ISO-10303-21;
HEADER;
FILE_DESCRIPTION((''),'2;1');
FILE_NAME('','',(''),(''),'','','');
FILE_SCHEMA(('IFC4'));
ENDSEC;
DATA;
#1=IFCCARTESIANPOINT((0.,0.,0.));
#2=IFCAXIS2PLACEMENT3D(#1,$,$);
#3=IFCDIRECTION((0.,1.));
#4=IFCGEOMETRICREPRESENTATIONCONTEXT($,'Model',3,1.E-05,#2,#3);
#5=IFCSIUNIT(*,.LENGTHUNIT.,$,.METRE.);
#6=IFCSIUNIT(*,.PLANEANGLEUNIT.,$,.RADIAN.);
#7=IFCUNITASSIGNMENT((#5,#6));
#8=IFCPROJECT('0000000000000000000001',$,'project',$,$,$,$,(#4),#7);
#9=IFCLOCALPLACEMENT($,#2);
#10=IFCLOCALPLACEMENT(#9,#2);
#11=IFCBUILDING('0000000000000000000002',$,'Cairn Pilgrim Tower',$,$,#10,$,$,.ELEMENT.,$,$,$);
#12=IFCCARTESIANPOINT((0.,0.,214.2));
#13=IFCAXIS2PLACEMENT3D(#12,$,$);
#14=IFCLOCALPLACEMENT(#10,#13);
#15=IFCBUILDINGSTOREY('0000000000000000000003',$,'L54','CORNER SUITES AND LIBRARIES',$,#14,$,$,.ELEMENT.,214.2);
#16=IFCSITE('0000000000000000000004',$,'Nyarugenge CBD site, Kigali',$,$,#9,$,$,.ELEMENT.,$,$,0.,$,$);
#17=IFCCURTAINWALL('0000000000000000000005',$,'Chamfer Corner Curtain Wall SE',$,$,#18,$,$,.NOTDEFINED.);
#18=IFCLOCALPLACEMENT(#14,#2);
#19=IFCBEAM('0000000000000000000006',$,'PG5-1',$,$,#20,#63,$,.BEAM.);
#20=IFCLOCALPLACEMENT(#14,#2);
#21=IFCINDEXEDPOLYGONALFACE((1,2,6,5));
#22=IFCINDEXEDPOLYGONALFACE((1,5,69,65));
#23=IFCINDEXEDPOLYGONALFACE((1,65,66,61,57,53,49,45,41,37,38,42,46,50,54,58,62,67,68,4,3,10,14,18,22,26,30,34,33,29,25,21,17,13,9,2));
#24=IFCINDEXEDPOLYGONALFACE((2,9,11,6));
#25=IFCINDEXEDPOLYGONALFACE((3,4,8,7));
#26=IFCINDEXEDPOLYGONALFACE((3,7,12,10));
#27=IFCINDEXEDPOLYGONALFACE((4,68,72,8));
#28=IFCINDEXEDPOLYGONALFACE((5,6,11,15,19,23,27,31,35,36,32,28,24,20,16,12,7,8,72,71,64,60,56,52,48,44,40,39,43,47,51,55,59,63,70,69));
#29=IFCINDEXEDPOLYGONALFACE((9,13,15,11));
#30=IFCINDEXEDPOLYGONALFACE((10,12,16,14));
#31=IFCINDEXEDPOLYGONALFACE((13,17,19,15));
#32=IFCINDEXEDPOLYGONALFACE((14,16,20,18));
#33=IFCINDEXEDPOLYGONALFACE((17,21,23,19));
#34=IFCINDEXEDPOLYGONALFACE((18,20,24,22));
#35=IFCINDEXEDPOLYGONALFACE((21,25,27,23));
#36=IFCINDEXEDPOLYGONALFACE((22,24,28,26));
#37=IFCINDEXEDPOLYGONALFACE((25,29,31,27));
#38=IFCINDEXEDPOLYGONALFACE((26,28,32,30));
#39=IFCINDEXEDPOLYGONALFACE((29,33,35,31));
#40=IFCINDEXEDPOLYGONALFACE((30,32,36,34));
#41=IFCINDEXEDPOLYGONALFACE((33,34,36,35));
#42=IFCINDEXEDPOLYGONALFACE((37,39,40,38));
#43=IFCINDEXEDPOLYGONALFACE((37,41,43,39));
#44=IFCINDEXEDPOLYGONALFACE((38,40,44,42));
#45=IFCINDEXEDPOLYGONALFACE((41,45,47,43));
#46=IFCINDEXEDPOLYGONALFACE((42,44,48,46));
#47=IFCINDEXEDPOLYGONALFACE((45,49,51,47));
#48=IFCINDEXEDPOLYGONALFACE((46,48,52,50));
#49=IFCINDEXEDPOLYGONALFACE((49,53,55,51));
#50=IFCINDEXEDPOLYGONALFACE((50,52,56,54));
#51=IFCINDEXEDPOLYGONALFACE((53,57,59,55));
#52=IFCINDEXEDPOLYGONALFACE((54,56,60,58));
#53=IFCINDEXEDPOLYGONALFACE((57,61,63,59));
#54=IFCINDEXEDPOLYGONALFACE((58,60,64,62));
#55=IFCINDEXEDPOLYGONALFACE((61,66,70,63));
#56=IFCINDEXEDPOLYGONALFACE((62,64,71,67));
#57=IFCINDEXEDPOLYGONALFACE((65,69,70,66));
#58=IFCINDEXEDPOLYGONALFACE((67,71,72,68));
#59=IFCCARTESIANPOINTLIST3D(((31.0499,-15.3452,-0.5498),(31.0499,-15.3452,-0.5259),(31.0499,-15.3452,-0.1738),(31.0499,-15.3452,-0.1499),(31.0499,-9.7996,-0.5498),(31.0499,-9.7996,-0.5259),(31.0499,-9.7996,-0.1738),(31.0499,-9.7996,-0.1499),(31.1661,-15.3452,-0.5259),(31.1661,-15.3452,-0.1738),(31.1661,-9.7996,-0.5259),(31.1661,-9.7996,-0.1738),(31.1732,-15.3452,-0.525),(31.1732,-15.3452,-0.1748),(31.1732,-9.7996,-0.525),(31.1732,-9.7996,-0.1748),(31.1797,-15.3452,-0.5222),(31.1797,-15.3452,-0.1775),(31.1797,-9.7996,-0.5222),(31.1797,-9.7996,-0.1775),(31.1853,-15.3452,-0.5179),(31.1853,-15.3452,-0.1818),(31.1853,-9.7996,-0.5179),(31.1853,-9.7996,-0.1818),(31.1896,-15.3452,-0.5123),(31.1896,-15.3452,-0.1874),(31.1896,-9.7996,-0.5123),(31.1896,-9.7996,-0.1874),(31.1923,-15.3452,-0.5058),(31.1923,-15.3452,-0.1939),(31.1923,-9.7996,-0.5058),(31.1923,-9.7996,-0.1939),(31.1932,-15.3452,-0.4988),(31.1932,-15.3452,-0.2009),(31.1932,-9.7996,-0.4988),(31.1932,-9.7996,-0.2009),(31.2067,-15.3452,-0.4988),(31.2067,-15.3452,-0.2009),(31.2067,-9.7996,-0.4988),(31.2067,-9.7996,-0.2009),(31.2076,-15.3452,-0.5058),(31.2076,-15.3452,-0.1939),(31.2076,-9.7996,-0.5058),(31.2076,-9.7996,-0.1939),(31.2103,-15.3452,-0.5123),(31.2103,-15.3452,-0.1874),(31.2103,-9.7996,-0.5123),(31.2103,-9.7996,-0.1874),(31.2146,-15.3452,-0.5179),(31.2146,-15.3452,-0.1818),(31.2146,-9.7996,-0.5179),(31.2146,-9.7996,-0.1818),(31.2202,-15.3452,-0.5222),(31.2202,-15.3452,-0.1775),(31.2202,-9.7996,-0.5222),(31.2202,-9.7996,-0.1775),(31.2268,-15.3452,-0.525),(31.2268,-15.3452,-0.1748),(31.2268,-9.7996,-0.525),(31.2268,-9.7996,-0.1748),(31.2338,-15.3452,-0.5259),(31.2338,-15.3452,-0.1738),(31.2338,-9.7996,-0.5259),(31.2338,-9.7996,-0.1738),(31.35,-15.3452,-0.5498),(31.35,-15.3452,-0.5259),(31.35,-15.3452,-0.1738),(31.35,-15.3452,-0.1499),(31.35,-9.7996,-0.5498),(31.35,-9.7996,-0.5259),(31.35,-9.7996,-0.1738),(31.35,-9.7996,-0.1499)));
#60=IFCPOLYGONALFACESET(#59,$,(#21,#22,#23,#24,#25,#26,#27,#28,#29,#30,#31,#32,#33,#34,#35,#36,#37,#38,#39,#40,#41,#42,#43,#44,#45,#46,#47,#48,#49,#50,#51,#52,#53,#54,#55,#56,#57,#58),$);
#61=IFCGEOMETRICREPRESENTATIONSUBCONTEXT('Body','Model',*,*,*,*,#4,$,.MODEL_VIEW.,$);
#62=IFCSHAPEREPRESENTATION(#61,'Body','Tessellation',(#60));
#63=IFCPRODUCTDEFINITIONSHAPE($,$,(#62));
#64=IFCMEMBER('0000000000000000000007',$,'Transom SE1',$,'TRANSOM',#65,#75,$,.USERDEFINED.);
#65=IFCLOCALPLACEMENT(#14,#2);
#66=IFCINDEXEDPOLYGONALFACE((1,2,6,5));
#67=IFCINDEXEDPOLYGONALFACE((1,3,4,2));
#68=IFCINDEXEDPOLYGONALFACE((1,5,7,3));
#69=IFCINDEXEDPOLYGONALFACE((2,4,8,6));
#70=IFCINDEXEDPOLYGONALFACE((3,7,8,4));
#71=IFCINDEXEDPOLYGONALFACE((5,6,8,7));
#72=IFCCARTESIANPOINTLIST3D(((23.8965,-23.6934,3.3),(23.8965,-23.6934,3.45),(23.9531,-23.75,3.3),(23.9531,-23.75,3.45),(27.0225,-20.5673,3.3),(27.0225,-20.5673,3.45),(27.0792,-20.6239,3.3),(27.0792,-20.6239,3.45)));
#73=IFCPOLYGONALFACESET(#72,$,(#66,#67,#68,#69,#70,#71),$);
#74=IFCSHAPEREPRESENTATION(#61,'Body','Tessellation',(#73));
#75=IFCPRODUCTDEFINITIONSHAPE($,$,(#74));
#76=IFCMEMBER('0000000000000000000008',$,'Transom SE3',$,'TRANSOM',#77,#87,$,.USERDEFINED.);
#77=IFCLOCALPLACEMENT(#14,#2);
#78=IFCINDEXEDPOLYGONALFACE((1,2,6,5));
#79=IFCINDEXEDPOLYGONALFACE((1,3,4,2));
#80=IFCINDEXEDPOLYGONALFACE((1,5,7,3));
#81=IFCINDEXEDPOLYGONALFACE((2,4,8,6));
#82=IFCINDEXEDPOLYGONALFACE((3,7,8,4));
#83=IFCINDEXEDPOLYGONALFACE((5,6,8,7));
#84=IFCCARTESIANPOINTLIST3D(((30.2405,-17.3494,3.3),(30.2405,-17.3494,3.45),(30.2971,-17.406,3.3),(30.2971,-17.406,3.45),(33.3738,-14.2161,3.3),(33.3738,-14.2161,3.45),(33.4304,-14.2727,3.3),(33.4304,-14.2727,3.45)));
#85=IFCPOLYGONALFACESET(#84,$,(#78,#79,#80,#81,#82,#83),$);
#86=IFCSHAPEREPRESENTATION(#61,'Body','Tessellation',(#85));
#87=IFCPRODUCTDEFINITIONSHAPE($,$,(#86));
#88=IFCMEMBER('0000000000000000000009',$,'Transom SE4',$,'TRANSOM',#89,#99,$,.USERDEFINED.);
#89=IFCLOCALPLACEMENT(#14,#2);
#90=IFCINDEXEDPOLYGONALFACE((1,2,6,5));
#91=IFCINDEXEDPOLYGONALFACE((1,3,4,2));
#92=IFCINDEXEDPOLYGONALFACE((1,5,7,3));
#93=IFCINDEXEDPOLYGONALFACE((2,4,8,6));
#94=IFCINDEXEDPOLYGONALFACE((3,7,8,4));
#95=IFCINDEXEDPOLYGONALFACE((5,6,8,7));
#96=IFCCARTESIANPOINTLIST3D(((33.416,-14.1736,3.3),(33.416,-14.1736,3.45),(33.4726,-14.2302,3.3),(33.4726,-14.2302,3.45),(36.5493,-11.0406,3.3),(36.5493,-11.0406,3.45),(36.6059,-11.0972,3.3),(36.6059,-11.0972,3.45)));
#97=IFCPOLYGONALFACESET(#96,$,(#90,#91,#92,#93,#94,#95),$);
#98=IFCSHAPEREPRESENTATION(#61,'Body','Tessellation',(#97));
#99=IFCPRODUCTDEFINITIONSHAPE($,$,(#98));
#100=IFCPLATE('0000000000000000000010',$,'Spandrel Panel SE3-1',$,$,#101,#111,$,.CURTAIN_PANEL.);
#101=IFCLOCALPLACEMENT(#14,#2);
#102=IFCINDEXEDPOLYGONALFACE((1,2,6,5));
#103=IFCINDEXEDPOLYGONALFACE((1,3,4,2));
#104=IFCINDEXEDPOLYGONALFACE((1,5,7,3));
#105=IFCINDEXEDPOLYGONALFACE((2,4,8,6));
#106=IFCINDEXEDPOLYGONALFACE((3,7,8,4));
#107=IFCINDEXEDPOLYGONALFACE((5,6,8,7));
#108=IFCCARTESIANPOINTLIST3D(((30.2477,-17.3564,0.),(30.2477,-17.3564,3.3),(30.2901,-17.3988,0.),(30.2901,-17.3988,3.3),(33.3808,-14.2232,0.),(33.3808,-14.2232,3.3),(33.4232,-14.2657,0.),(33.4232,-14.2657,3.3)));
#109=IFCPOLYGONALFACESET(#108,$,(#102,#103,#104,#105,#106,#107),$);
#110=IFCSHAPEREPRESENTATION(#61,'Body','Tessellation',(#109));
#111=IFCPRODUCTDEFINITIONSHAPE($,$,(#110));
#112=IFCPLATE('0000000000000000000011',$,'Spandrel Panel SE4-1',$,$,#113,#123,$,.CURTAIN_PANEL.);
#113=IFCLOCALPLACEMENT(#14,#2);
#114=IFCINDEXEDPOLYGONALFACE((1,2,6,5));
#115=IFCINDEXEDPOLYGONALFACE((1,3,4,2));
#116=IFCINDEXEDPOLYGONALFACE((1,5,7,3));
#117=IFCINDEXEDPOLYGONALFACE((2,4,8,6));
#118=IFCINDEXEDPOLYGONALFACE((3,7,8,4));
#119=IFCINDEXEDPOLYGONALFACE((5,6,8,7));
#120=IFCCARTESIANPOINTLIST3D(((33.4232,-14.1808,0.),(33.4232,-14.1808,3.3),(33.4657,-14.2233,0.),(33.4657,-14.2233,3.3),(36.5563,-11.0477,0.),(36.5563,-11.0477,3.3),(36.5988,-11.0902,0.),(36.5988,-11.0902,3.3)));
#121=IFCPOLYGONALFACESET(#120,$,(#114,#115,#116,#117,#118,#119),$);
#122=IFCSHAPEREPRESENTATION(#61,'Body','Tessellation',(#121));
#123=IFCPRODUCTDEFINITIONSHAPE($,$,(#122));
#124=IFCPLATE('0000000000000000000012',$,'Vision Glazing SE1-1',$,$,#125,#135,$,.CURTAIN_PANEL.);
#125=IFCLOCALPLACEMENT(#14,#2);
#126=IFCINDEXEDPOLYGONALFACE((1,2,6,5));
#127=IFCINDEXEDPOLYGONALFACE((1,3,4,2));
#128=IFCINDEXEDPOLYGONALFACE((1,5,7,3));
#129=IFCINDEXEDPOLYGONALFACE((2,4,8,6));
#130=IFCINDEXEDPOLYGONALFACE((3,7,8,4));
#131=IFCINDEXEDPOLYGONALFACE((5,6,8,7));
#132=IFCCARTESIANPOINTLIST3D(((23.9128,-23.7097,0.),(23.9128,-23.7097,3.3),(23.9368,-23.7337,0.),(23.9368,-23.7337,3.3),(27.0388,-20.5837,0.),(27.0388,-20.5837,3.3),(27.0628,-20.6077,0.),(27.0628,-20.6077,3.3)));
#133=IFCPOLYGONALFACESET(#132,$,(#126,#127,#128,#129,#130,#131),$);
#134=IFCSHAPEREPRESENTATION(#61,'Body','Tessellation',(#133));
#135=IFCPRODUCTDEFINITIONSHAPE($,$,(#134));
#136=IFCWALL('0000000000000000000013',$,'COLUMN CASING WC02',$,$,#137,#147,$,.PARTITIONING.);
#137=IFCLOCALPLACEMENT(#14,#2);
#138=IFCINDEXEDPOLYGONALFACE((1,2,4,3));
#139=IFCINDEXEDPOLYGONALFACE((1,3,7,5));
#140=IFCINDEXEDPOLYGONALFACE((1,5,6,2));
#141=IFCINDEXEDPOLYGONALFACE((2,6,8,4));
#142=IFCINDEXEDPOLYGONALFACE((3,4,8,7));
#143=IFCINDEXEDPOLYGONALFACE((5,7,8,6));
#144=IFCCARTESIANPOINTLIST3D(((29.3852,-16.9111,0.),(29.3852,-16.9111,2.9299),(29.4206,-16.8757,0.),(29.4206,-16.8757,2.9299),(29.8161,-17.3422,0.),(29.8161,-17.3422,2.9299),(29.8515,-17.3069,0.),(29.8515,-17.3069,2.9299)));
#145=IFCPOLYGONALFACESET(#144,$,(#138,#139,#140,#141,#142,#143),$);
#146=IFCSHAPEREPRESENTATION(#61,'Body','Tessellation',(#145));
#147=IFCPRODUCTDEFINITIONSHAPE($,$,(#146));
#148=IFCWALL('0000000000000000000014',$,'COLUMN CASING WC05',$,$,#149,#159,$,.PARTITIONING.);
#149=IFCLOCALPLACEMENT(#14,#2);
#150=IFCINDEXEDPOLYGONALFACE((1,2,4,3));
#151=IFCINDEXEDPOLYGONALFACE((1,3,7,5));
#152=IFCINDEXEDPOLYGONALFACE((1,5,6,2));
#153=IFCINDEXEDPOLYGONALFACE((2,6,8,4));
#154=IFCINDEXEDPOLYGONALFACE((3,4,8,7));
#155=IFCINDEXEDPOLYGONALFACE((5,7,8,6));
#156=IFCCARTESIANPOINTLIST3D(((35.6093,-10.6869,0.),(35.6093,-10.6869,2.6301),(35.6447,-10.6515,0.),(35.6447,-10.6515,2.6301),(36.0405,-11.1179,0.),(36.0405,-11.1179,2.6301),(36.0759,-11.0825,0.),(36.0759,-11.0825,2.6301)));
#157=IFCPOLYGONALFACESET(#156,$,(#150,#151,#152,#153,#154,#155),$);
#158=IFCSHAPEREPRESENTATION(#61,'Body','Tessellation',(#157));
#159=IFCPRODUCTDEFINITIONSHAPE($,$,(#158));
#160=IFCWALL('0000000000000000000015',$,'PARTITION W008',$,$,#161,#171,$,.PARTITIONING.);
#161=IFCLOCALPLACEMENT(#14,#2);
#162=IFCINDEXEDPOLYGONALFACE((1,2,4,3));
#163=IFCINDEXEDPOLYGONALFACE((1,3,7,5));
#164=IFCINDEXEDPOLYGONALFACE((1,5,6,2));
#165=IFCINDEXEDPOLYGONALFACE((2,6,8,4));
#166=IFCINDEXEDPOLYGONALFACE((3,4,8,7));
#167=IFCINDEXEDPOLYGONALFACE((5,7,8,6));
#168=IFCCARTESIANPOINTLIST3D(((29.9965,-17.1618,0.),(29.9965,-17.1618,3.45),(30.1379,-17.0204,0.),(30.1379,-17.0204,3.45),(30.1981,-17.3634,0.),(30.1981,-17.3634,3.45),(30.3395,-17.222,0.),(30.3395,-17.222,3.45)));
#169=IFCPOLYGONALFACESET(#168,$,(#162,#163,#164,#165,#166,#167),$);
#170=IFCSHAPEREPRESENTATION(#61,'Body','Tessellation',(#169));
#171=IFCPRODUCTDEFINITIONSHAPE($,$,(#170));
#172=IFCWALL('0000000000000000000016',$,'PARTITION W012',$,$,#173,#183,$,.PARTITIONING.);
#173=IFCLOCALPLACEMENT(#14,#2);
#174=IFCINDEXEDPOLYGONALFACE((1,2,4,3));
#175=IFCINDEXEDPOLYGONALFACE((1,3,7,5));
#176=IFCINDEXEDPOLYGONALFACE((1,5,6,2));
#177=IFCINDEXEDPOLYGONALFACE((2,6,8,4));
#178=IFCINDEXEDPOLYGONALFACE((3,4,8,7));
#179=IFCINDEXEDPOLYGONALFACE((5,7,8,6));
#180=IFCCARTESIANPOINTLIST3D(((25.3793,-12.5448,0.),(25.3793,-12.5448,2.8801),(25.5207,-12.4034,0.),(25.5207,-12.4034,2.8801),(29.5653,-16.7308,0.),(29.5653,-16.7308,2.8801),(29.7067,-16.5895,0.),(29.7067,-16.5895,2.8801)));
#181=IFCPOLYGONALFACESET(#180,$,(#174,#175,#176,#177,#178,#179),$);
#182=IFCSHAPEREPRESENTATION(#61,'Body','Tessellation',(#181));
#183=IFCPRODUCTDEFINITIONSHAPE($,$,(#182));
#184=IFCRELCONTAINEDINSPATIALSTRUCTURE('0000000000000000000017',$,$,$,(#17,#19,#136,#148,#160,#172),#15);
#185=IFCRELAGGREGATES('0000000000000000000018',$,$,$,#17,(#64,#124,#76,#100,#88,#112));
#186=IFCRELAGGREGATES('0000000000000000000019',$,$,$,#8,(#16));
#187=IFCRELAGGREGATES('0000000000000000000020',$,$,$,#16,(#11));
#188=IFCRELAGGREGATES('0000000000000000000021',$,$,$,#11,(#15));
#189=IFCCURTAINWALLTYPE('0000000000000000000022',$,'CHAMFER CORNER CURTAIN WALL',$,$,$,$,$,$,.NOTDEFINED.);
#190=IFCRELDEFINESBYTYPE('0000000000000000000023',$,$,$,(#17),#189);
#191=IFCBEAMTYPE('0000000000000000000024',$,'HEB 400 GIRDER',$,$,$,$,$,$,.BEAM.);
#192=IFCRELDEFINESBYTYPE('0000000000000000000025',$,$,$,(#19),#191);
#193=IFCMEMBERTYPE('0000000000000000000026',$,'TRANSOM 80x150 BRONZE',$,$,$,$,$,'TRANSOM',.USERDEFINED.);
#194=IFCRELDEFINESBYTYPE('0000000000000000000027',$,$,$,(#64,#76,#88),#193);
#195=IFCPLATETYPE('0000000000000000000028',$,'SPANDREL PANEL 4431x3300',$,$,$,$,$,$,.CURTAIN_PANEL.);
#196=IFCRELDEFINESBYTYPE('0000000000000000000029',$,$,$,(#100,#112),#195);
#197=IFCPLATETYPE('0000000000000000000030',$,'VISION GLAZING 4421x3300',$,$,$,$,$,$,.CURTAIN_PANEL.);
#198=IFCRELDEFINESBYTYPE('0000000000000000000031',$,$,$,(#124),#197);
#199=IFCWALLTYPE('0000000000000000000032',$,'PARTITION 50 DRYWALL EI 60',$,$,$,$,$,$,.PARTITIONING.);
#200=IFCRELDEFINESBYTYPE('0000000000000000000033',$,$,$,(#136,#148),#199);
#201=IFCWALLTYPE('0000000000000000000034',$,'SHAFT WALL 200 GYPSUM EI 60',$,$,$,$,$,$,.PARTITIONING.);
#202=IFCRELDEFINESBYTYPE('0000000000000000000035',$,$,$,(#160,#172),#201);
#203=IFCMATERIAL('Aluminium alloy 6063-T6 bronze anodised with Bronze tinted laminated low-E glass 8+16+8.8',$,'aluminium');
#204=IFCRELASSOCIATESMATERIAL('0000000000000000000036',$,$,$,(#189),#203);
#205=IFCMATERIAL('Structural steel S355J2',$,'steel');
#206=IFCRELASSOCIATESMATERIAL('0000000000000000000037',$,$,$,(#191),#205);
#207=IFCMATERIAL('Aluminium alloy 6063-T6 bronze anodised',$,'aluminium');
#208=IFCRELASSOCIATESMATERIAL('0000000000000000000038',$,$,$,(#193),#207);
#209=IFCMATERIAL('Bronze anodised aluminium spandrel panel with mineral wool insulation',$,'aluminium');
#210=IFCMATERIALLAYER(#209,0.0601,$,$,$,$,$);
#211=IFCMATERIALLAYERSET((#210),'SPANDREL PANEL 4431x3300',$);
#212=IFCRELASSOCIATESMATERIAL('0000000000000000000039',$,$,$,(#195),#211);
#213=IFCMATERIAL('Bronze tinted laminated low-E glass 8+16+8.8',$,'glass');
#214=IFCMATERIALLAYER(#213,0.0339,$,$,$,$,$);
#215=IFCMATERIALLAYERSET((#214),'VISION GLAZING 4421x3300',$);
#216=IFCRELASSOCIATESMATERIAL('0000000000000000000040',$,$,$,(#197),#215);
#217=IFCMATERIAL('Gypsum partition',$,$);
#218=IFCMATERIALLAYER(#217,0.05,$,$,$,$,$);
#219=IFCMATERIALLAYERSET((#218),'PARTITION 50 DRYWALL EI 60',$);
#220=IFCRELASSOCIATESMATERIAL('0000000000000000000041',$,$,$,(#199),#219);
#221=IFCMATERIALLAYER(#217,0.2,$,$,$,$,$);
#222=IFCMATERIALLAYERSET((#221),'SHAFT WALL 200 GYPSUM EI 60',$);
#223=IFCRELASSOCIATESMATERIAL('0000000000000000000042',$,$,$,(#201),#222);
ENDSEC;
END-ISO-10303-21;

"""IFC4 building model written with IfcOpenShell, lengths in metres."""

from ifc_helpers import new_model, si_unit, direction, frame, frame_2d, origin, origin_2d, place, context, subcontext, project, spatial, rectangle, i_section, extrude, material, layer, layer_set, material_profile, profile_set, type_object, element, aggregate, save


model = new_model("IFC4")

# Units and contexts
model_context = context("Model", 3, precision=1e-05, world=origin(), true_north=direction((0.0, 1.0)))
body_context = subcontext(model_context, "Body", "Model", "MODEL_VIEW")
ifc_project = project(units=[si_unit("LENGTHUNIT", "METRE"), si_unit("PLANEANGLEUNIT", "RADIAN")], contexts=[model_context])

# Site, building, storey
site_placement = place(None, origin())
site = spatial("IfcSite", under=ifc_project, at=site_placement, Name="Nyarugenge CBD site, Kigali", CompositionType="ELEMENT", RefElevation=0.0)
building_placement = place(site_placement, origin())
building = spatial("IfcBuilding", under=site, at=building_placement, Name="Cairn Pilgrim Tower", CompositionType="ELEMENT")
storey_placement = place(building_placement, frame((0.0, 0.0, 214.2)))
storey = spatial("IfcBuildingStorey", under=building, at=storey_placement, Name="L54", Description="CORNER SUITES AND LIBRARIES", CompositionType="ELEMENT", Elevation=214.2)

# Shared definitions
ifc_material_1 = material(Name="Structural steel S355J2", Category="steel")

# Curtain wall
ifc_material_2 = material(Name="Aluminium alloy 6063-T6 bronze anodised with Bronze tinted laminated low-E glass 8+16+8.8", Category="aluminium")
curtain_wall_type = type_object("IfcCurtainWallType", Name="CHAMFER CORNER CURTAIN WALL", PredefinedType="NOTDEFINED", material=ifc_material_2)
curtain_wall_placement = place(storey_placement, origin())
curtain_wall = element("IfcCurtainWall", 1, at=curtain_wall_placement, inside=storey, type_object=curtain_wall_type, Name="Chamfer Corner Curtain Wall SE", PredefinedType="NOTDEFINED")
ifc_material_3 = material(Name="Aluminium alloy 6063-T6 bronze anodised", Category="aluminium")

# Beam
ifc_material_profile_1 = material_profile(ifc_material_1, i_section(OverallWidth=0.3, OverallDepth=0.3999, WebThickness=0.0134, FlangeThickness=0.0239, FilletRadius=0.0271, at=origin_2d()), Name="HEB 400")
ifc_profile_set_1 = profile_set([ifc_material_profile_1], Name="Structural steel S355J2")
beam_type_1 = type_object("IfcBeamType", Name="HEB 400 GIRDER", PredefinedType="BEAM", material=ifc_profile_set_1)
beam_1_placement = place(storey_placement, frame((31.2, -15.3452, -0.3499), z_axis=(0.0, 1.0, 0.0), x_axis=(-1.0, 0.0, 0.0)))
element("IfcBeam", 2, at=beam_1_placement, inside=storey, type_object=beam_type_1, Name="PG5-1", PredefinedType="BEAM", context=body_context, shape_type="SweptSolid", body=[
    extrude(i_section(OverallWidth=0.3, OverallDepth=0.3999, WebThickness=0.0134, FlangeThickness=0.0239, FilletRadius=0.0271, at=origin_2d()), origin(), (0.0, 0.0, 1.0), 5.5457),
])

# Members
ifc_material_profile_2 = material_profile(ifc_material_3, rectangle(XDim=0.0801, YDim=0.1499, at=origin_2d()), Name="TRANSOM 80x150 BRONZE")
ifc_profile_set_2 = profile_set([ifc_material_profile_2], Name="Aluminium alloy 6063-T6 bronze anodised")
member_type_1 = type_object("IfcMemberType", Name="TRANSOM 80x150 BRONZE", ElementType="TRANSOM", PredefinedType="USERDEFINED", material=ifc_profile_set_2)
member_1_placement = place(storey_placement, frame((23.9248, -23.7217, 3.375), z_axis=(0.707107, 0.707107, 0.0), x_axis=(-0.707107, 0.707107, 0.0)))
member_1 = element("IfcMember", 3, at=member_1_placement, type_object=member_type_1, Name="Transom SE1", ObjectType="TRANSOM", PredefinedType="USERDEFINED", context=body_context, shape_type="SweptSolid", body=[
    extrude(rectangle(XDim=0.0801, YDim=0.1499, at=origin_2d()), origin(), (0.0, 0.0, 1.0), 4.4209),
])
member_2_placement = place(storey_placement, frame((30.2688, -17.3777, 3.375), z_axis=(0.707107, 0.707107, 0.0), x_axis=(-0.707107, 0.707107, 0.0)))
member_2 = element("IfcMember", 4, at=member_2_placement, type_object=member_type_1, Name="Transom SE3", ObjectType="TRANSOM", PredefinedType="USERDEFINED", context=body_context, shape_type="SweptSolid", body=[
    extrude(rectangle(XDim=0.0801, YDim=0.1499, at=origin_2d()), origin(), (0.0, 0.0, 1.0), 4.4312),
])
member_3_placement = place(storey_placement, frame((33.4443, -14.2019, 3.375), z_axis=(0.707134, 0.707079, 0.0), x_axis=(-0.707079, 0.707134, 0.0)))
member_3 = element("IfcMember", 5, at=member_3_placement, type_object=member_type_1, Name="Transom SE4", ObjectType="TRANSOM", PredefinedType="USERDEFINED", context=body_context, shape_type="SweptSolid", body=[
    extrude(rectangle(XDim=0.0801, YDim=0.1499, at=origin_2d()), origin(), (0.0, 0.0, 1.0), 4.4309),
])

# Plates
ifc_material_4 = material(Name="Bronze anodised aluminium spandrel panel with mineral wool insulation", Category="aluminium")
ifc_layer_1 = layer(ifc_material_4, 0.0601)
ifc_layer_set_1 = layer_set([ifc_layer_1], Name="SPANDREL PANEL 4431x3300")
plate_type_1 = type_object("IfcPlateType", Name="SPANDREL PANEL 4431x3300", PredefinedType="CURTAIN_PANEL", material=ifc_layer_set_1)
plate_1_placement = place(storey_placement, frame((31.8354, -15.811, 0.0), z_axis=(0.0, 0.0, 1.0), x_axis=(0.707107, 0.707107, 0.0)))
plate_1 = element("IfcPlate", 6, at=plate_1_placement, type_object=plate_type_1, Name="Spandrel Panel SE3-1", PredefinedType="CURTAIN_PANEL", context=body_context, shape_type="SweptSolid", body=[
    extrude(rectangle(XDim=4.4309, YDim=0.0601, at=origin_2d()), origin(), (0.0, 0.0, 1.0), 3.3),
])
plate_2_placement = place(storey_placement, frame((35.011, -12.6355, 0.0), z_axis=(0.0, 0.0, 1.0), x_axis=(0.707107, 0.707107, 0.0)))
plate_2 = element("IfcPlate", 7, at=plate_2_placement, type_object=plate_type_1, Name="Spandrel Panel SE4-1", PredefinedType="CURTAIN_PANEL", context=body_context, shape_type="SweptSolid", body=[
    extrude(rectangle(XDim=4.4309, YDim=0.0601, at=origin_2d()), origin(), (0.0, 0.0, 1.0), 3.3),
])
ifc_material_5 = material(Name="Bronze tinted laminated low-E glass 8+16+8.8", Category="glass")
ifc_layer_2 = layer(ifc_material_5, 0.0339)
ifc_layer_set_2 = layer_set([ifc_layer_2], Name="VISION GLAZING 4421x3300")
plate_type_2 = type_object("IfcPlateType", Name="VISION GLAZING 4421x3300", PredefinedType="CURTAIN_PANEL", material=ifc_layer_set_2)
plate_3_placement = place(storey_placement, frame((25.4878, -22.1587, 0.0), z_axis=(0.0, 0.0, 1.0), x_axis=(0.707107, 0.707107, 0.0)))
plate_3 = element("IfcPlate", 8, at=plate_3_placement, type_object=plate_type_2, Name="Vision Glazing SE1-1", PredefinedType="CURTAIN_PANEL", context=body_context, shape_type="SweptSolid", body=[
    extrude(rectangle(XDim=4.4209, YDim=0.0339, at=origin_2d()), origin(), (0.0, 0.0, 1.0), 3.3),
])
aggregate(curtain_wall, [member_1, plate_3, member_2, plate_1, member_3, plate_2])

# Walls
ifc_material_6 = material(Name="Gypsum partition")
ifc_layer_3 = layer(ifc_material_6, 0.05)
ifc_layer_set_3 = layer_set([ifc_layer_3], Name="PARTITION 50 DRYWALL EI 60")
wall_type_1 = type_object("IfcWallType", Name="PARTITION 50 DRYWALL EI 60", PredefinedType="PARTITIONING", material=ifc_layer_set_3)
wall_1_placement = place(storey_placement, frame((29.8337, -17.3245, 0.0), z_axis=(0.0, 0.0, 1.0), x_axis=(-0.706906, 0.707307, 0.0)))
element("IfcWall", 9, at=wall_1_placement, inside=storey, type_object=wall_type_1, Name="COLUMN CASING WC02", PredefinedType="PARTITIONING", context=body_context, shape_type="SweptSolid", body=[
    extrude(rectangle(XDim=0.6096, YDim=0.05, at=frame_2d((0.3047, 0.0))), origin(), (0.0, 0.0, 1.0), 2.9299),
])
wall_2_placement = place(storey_placement, frame((36.0581, -11.1001, 0.0), z_axis=(0.0, 0.0, 1.0), x_axis=(-0.707307, 0.706906, 0.0)))
element("IfcWall", 10, at=wall_2_placement, inside=storey, type_object=wall_type_1, Name="COLUMN CASING WC05", PredefinedType="PARTITIONING", context=body_context, shape_type="SweptSolid", body=[
    extrude(rectangle(XDim=0.6096, YDim=0.05, at=frame_2d((0.3047, 0.0))), origin(), (0.0, 0.0, 1.0), 2.6301),
])
ifc_layer_4 = layer(ifc_material_6, 0.2)
ifc_layer_set_4 = layer_set([ifc_layer_4], Name="SHAFT WALL 200 GYPSUM EI 60")
wall_type_2 = type_object("IfcWallType", Name="SHAFT WALL 200 GYPSUM EI 60", PredefinedType="PARTITIONING", material=ifc_layer_set_4)
wall_3_placement = place(storey_placement, frame((30.2688, -17.2927, 0.0), z_axis=(0.0, 0.0, 1.0), x_axis=(-0.707107, 0.707107, 0.0)))
element("IfcWall", 11, at=wall_3_placement, inside=storey, type_object=wall_type_2, Name="PARTITION W008", PredefinedType="PARTITIONING", context=body_context, shape_type="SweptSolid", body=[
    extrude(rectangle(XDim=0.2852, YDim=0.2, at=frame_2d((0.1426, 0.0))), origin(), (0.0, 0.0, 1.0), 3.45),
])
wall_4_placement = place(storey_placement, frame((29.636, -16.6602, 0.0), z_axis=(0.0, 0.0, 1.0), x_axis=(-0.707107, 0.707107, 0.0)))
element("IfcWall", 12, at=wall_4_placement, inside=storey, type_object=wall_type_2, Name="PARTITION W012", PredefinedType="PARTITIONING", context=body_context, shape_type="SweptSolid", body=[
    extrude(rectangle(XDim=5.9199, YDim=0.2, at=frame_2d((2.96, 0.0))), origin(), (0.0, 0.0, 1.0), 2.8801),
])

save(model, "model.ifc")
